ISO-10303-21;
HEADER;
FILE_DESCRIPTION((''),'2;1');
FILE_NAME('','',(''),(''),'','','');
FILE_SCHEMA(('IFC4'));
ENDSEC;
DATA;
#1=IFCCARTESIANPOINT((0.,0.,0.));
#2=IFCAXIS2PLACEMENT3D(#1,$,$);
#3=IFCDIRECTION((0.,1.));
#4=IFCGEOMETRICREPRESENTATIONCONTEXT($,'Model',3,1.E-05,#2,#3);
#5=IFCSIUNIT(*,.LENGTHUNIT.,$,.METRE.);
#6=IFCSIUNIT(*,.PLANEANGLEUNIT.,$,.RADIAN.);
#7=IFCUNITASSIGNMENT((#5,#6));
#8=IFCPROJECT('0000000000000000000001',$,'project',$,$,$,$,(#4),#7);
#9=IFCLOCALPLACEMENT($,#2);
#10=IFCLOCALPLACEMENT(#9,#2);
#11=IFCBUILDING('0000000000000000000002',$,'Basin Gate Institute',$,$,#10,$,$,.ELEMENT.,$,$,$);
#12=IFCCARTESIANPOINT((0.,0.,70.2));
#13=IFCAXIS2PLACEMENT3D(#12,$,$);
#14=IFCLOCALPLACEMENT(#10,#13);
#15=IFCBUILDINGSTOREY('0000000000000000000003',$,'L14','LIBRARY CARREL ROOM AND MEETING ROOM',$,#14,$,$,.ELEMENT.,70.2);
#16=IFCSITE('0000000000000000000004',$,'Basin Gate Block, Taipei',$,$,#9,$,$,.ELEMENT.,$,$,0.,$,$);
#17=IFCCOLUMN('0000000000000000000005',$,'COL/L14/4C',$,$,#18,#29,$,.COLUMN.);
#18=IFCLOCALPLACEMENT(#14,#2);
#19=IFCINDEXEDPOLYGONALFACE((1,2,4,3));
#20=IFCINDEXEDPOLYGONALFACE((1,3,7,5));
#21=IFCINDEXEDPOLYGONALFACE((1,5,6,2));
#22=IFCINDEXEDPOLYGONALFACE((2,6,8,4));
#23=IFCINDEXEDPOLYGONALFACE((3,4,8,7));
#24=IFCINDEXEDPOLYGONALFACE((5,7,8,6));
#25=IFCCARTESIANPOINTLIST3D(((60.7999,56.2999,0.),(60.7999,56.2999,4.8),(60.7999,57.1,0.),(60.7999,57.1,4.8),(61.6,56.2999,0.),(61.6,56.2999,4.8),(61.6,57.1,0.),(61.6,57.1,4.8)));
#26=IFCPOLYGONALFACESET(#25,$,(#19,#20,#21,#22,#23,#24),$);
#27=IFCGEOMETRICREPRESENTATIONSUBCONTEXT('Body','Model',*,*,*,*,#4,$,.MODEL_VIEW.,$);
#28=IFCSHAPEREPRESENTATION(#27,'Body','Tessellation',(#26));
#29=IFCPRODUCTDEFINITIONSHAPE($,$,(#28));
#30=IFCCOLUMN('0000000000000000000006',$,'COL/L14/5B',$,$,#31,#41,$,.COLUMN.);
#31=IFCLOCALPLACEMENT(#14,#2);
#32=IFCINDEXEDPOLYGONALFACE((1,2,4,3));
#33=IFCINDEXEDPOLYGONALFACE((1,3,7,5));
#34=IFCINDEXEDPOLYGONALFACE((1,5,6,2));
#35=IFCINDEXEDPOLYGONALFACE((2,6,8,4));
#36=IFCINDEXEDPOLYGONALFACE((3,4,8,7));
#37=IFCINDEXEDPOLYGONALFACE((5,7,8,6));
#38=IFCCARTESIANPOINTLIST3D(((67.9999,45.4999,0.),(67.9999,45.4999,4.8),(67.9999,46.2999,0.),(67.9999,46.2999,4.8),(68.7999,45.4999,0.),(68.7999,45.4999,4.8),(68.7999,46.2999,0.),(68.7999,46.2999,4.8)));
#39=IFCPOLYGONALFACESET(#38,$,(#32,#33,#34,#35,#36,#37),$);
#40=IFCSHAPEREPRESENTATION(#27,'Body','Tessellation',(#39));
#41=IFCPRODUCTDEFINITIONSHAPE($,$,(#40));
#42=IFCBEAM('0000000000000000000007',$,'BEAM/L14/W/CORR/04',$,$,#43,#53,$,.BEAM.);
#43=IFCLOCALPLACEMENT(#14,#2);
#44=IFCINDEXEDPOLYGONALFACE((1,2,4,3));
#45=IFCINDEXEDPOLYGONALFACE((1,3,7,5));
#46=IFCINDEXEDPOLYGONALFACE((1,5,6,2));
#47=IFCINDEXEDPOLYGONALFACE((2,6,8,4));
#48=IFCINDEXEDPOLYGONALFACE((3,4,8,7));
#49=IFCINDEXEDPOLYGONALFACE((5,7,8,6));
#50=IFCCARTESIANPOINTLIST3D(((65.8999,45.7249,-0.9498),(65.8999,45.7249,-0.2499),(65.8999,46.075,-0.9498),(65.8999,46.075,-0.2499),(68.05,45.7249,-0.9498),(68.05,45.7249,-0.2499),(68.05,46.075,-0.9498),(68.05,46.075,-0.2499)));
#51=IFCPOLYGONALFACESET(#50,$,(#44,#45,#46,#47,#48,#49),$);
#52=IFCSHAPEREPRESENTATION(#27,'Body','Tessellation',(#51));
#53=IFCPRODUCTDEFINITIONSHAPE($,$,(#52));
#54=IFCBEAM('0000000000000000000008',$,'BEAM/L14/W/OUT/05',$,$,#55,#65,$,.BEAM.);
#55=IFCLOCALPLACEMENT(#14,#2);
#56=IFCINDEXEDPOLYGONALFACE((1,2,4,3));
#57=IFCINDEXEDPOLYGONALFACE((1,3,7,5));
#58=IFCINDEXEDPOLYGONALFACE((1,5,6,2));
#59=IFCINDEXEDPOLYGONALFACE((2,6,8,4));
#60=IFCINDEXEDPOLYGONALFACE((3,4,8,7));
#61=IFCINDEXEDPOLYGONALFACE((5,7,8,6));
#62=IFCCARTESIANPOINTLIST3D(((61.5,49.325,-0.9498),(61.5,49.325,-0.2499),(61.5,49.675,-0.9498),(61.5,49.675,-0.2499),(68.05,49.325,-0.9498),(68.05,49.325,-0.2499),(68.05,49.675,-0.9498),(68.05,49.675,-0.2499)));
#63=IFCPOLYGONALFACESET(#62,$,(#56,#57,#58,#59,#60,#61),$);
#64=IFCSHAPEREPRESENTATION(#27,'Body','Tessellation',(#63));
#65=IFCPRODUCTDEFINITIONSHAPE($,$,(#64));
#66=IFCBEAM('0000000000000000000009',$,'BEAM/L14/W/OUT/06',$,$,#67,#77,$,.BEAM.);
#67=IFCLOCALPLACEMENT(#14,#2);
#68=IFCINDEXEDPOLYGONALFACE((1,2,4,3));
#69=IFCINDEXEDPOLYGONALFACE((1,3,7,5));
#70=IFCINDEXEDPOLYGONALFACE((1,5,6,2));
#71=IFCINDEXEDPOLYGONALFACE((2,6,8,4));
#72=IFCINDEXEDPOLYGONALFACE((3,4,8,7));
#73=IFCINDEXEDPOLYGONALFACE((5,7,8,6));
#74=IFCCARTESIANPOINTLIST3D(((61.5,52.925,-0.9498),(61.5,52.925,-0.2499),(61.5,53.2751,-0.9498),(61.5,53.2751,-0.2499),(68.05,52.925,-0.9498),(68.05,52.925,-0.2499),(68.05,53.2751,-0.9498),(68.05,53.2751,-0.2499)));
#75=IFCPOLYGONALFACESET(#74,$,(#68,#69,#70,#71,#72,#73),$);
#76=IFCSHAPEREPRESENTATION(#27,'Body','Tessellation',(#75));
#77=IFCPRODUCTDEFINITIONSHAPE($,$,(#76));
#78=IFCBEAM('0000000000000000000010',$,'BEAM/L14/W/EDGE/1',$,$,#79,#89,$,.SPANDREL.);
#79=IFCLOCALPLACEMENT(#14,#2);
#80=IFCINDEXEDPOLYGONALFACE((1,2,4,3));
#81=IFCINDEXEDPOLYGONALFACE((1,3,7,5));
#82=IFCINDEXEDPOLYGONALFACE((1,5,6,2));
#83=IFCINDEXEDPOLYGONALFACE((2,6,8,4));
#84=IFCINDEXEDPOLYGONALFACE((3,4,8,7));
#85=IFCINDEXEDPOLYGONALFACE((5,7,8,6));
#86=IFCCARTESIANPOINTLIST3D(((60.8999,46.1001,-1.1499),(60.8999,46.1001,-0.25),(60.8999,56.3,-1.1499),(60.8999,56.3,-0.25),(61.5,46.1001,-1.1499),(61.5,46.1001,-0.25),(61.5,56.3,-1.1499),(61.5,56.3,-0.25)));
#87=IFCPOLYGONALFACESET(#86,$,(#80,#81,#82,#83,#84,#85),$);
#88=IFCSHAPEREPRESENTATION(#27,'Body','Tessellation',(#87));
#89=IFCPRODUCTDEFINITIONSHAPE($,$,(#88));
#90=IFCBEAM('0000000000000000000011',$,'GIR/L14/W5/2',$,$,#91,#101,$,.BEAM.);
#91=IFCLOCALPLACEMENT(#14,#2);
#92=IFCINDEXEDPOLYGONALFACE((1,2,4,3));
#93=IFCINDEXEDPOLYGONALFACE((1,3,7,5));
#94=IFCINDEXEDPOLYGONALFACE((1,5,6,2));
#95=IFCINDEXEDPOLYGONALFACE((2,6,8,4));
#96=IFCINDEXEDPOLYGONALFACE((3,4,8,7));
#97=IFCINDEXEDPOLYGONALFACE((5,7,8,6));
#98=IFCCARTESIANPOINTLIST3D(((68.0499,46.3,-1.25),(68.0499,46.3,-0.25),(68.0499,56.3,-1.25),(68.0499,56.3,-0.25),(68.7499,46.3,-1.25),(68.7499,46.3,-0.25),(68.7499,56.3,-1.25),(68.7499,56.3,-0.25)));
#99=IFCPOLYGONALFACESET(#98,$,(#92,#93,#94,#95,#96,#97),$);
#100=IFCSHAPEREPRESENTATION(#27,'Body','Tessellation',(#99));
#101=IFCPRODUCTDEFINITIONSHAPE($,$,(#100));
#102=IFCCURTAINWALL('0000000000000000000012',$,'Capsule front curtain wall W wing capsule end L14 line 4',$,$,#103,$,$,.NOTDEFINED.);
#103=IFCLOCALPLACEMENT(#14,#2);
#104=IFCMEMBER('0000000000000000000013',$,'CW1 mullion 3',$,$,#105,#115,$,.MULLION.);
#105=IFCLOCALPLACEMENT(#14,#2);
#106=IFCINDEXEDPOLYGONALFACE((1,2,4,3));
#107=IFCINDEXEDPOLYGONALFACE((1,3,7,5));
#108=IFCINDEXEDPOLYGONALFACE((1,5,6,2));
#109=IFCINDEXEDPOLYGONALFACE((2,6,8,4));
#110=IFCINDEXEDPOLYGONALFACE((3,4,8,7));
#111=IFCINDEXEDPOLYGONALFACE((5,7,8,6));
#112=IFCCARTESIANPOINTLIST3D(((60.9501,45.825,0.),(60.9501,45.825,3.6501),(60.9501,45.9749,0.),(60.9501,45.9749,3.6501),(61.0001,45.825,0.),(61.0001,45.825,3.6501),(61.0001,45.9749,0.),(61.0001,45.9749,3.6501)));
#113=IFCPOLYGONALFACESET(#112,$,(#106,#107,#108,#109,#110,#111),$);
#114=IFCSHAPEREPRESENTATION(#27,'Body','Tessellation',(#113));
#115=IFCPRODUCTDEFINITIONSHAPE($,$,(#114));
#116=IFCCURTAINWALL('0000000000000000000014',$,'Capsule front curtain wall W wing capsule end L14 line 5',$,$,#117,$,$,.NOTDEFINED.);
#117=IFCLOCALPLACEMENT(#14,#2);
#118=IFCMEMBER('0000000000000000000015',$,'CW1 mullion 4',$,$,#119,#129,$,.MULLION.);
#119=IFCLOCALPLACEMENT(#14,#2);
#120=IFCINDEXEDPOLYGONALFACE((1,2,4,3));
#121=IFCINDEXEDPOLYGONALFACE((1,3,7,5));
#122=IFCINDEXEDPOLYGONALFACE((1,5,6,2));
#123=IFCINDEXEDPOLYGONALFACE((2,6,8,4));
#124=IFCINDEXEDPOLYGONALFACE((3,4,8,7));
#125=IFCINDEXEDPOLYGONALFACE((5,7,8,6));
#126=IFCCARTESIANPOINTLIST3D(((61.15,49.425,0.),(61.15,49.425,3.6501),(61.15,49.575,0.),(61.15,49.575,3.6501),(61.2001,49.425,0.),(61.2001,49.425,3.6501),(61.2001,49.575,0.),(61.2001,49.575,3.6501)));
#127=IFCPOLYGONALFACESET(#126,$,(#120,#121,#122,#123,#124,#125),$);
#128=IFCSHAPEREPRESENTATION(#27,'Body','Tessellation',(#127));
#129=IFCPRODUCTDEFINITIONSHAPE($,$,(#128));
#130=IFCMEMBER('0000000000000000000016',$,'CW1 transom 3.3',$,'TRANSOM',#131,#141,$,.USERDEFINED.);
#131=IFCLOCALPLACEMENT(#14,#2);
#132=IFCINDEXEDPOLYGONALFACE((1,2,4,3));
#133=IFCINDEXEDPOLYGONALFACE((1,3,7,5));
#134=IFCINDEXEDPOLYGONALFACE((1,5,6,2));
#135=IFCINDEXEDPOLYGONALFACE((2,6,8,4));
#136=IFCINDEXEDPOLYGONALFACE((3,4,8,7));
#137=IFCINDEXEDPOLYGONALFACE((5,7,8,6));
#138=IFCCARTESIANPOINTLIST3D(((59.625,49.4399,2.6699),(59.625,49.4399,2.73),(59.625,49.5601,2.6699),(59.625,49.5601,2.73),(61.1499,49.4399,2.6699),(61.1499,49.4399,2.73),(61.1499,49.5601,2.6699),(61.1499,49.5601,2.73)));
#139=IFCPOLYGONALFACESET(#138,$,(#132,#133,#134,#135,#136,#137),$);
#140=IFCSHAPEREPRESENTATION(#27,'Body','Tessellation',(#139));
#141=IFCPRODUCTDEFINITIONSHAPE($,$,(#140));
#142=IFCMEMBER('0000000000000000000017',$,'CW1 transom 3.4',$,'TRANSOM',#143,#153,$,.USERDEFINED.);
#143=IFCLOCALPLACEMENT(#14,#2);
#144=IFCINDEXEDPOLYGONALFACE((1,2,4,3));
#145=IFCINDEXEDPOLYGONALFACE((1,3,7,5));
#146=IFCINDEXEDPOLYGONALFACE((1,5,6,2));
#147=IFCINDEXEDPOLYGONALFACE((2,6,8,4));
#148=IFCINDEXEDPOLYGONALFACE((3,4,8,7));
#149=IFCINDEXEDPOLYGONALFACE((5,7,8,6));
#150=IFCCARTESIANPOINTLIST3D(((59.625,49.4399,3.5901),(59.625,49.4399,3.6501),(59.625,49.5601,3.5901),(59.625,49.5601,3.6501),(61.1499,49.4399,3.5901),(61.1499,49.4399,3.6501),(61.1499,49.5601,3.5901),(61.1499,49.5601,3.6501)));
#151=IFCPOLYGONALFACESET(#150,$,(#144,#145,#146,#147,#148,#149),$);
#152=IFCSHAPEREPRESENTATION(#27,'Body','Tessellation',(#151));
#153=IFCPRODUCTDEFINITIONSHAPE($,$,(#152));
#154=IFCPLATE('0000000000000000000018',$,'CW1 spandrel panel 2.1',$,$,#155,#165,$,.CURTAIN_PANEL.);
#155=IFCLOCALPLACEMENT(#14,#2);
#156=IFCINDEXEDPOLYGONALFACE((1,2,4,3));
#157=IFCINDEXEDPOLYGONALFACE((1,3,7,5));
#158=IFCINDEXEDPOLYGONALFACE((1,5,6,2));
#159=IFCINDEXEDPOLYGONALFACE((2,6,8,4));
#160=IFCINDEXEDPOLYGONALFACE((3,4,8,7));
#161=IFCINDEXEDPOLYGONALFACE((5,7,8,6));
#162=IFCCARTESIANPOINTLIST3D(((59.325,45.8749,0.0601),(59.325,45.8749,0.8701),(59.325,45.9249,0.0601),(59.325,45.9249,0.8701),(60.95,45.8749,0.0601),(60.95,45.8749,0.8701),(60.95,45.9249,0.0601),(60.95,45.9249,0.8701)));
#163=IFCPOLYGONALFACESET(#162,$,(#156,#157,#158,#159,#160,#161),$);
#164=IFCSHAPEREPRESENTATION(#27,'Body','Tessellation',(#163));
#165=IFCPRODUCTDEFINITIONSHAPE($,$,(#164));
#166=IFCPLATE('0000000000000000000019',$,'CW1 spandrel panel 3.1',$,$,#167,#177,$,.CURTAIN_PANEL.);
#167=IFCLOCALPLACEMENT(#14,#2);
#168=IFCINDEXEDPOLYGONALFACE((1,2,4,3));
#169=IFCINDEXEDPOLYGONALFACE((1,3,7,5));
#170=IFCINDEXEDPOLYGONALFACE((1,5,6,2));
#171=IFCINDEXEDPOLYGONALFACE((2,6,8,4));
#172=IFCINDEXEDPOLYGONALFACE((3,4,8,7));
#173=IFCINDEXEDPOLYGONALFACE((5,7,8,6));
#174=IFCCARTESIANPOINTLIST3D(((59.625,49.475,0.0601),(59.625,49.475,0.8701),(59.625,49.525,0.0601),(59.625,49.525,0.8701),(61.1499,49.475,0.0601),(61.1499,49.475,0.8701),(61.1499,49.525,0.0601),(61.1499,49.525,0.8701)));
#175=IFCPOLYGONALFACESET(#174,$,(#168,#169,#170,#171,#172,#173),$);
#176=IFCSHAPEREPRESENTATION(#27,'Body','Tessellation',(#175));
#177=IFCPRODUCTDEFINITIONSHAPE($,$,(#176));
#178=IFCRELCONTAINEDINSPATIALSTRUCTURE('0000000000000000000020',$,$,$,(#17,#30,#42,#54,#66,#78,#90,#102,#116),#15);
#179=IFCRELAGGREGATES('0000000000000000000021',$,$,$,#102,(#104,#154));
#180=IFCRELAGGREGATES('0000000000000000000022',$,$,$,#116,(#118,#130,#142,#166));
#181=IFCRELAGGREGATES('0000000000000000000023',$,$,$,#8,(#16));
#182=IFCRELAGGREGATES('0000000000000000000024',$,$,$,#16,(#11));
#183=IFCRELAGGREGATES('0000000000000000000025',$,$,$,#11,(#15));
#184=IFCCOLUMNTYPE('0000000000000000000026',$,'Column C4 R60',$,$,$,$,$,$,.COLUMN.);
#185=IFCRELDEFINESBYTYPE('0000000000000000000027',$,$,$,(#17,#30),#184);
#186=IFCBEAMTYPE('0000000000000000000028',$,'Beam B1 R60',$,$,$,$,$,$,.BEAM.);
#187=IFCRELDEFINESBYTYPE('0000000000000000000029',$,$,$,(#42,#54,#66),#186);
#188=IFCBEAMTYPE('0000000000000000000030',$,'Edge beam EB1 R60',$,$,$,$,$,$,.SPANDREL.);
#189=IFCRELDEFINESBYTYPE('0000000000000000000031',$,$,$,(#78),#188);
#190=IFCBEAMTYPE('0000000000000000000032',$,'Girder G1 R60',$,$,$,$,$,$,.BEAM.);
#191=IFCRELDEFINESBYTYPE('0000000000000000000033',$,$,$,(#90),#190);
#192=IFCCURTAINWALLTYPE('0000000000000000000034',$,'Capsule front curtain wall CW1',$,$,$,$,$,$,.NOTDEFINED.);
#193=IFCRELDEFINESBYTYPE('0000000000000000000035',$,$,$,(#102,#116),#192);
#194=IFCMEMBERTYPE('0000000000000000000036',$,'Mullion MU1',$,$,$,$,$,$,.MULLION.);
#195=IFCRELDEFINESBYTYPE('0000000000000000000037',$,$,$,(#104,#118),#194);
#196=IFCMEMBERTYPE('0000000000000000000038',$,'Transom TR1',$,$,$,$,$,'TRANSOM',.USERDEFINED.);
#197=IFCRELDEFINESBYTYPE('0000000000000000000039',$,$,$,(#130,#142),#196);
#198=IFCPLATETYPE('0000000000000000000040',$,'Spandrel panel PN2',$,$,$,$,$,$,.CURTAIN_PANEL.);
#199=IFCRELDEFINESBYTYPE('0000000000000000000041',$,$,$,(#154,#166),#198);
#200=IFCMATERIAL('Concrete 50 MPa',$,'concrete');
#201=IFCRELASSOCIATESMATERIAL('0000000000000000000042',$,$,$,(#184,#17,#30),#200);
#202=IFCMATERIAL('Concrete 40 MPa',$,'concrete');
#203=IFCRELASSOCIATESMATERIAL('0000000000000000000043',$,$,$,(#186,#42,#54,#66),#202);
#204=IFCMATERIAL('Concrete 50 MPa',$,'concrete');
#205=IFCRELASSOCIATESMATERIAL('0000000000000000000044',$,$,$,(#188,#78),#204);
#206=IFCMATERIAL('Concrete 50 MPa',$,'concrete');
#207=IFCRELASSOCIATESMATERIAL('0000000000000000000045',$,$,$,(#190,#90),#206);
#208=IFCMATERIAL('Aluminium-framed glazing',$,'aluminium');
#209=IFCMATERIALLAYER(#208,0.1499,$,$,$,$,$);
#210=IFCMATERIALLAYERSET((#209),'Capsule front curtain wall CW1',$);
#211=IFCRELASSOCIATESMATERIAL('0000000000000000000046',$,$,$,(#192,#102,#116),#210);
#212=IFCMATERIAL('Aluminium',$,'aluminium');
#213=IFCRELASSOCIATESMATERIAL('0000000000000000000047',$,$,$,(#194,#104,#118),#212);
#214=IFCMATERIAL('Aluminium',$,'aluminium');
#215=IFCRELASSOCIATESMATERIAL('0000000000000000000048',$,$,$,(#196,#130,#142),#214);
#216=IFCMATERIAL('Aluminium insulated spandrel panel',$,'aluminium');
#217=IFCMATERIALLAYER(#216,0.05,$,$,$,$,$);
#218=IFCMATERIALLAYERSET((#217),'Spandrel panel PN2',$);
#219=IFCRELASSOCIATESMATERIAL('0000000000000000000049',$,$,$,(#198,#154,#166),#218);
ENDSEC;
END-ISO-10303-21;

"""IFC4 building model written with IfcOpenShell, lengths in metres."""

from ifc_helpers import new_model, si_unit, direction, frame, origin, origin_2d, place, context, subcontext, project, spatial, rectangle, extrude, material, layer, layer_set, material_profile, profile_set, type_object, element, aggregate, save


model = new_model("IFC4")

# Units and contexts
model_context = context("Model", 3, precision=1e-05, world=origin(), true_north=direction((0.0, 1.0)))
body_context = subcontext(model_context, "Body", "Model", "MODEL_VIEW")
ifc_project = project(units=[si_unit("LENGTHUNIT", "METRE"), si_unit("PLANEANGLEUNIT", "RADIAN")], contexts=[model_context])

# Site, building, storey
site_placement = place(None, origin())
site = spatial("IfcSite", under=ifc_project, at=site_placement, Name="Basin Gate Block, Taipei", CompositionType="ELEMENT", RefElevation=0.0)
building_placement = place(site_placement, origin())
building = spatial("IfcBuilding", under=site, at=building_placement, Name="Basin Gate Institute", CompositionType="ELEMENT")
storey_placement = place(building_placement, frame((0.0, 0.0, 70.2)))
storey = spatial("IfcBuildingStorey", under=building, at=storey_placement, Name="L14", Description="LIBRARY CARREL ROOM AND MEETING ROOM", CompositionType="ELEMENT", Elevation=70.2)

# Columns
ifc_material_1 = material(Name="Concrete 50 MPa", Category="concrete")
ifc_material_profile_1 = material_profile(ifc_material_1, rectangle(XDim=0.8, YDim=0.8, at=origin_2d()), Name="Column C4 800 x 800")
ifc_profile_set_1 = profile_set([ifc_material_profile_1], Name="Concrete 50 MPa")
column_type = type_object("IfcColumnType", Name="Column C4 R60", PredefinedType="COLUMN", material=ifc_profile_set_1)
for number, where, z_axis, x_axis, name in (
    (1, (61.2, 56.7, 0.0), (0.0, 0.0, 1.0), (1.0, 0.0, 0.0), "COL/L14/4C"),
    (2, (68.3999, 45.8999, 0.0), (0.0, 0.0, 1.0), (1.0, 0.0, 0.0), "COL/L14/5B"),
):
    element("IfcColumn", number, at=place(storey_placement, frame(where, z_axis=z_axis, x_axis=x_axis)), inside=storey, type_object=column_type, material=ifc_profile_set_1, Name=name, PredefinedType="COLUMN", context=body_context, shape_type="SweptSolid", body=[
        extrude(rectangle(XDim=0.8, YDim=0.8, at=origin_2d()), origin(), (0.0, 0.0, 1.0), 4.8),
    ])

# Beams
ifc_material_2 = material(Name="Concrete 40 MPa", Category="concrete")
ifc_material_profile_2 = material_profile(ifc_material_2, rectangle(XDim=0.3501, YDim=0.7, at=origin_2d()), Name="Beam B1 350 x 700")
ifc_profile_set_2 = profile_set([ifc_material_profile_2], Name="Concrete 40 MPa")
beam_type_1 = type_object("IfcBeamType", Name="Beam B1 R60", PredefinedType="BEAM", material=ifc_profile_set_2)
beam_1_placement = place(storey_placement, frame((65.8999, 45.8999, -0.5999), z_axis=(1.0, 0.0, 0.0), x_axis=(0.0, 1.0, 0.0)))
element("IfcBeam", 3, at=beam_1_placement, inside=storey, type_object=beam_type_1, material=ifc_profile_set_2, Name="BEAM/L14/W/CORR/04", PredefinedType="BEAM", context=body_context, shape_type="SweptSolid", body=[
    extrude(rectangle(XDim=0.3501, YDim=0.7, at=origin_2d()), origin(), (0.0, 0.0, 1.0), 2.1501),
])
for number, where, z_axis, x_axis, name in (
    (4, (61.5, 49.5, -0.5999), (1.0, 0.0, 0.0), (0.0, 1.0, 0.0), "BEAM/L14/W/OUT/05"),
    (5, (61.5, 53.1001, -0.5999), (1.0, 0.0, 0.0), (0.0, 1.0, 0.0), "BEAM/L14/W/OUT/06"),
):
    element("IfcBeam", number, at=place(storey_placement, frame(where, z_axis=z_axis, x_axis=x_axis)), inside=storey, type_object=beam_type_1, material=ifc_profile_set_2, Name=name, PredefinedType="BEAM", context=body_context, shape_type="SweptSolid", body=[
        extrude(rectangle(XDim=0.3501, YDim=0.7, at=origin_2d()), origin(), (0.0, 0.0, 1.0), 6.55),
    ])
ifc_material_3 = material(Name="Concrete 50 MPa", Category="concrete")
ifc_material_profile_3 = material_profile(ifc_material_3, rectangle(XDim=0.6001, YDim=0.8999, at=origin_2d()), Name="Edge beam EB1 600 x 900")
ifc_profile_set_3 = profile_set([ifc_material_profile_3], Name="Concrete 50 MPa")
beam_type_2 = type_object("IfcBeamType", Name="Edge beam EB1 R60", PredefinedType="SPANDREL", material=ifc_profile_set_3)
beam_2_placement = place(storey_placement, frame((61.2, 46.1001, -0.7), z_axis=(0.0, 1.0, 0.0), x_axis=(-1.0, 0.0, 0.0)))
element("IfcBeam", 6, at=beam_2_placement, inside=storey, type_object=beam_type_2, material=ifc_profile_set_3, Name="BEAM/L14/W/EDGE/1", PredefinedType="SPANDREL", context=body_context, shape_type="SweptSolid", body=[
    extrude(rectangle(XDim=0.6001, YDim=0.8999, at=origin_2d()), origin(), (0.0, 0.0, 1.0), 10.2),
])
ifc_material_4 = material(Name="Concrete 50 MPa", Category="concrete")
ifc_material_profile_4 = material_profile(ifc_material_4, rectangle(XDim=0.7, YDim=1.0, at=origin_2d()), Name="Girder G1 700 x 1000")
ifc_profile_set_4 = profile_set([ifc_material_profile_4], Name="Concrete 50 MPa")
beam_type_3 = type_object("IfcBeamType", Name="Girder G1 R60", PredefinedType="BEAM", material=ifc_profile_set_4)
beam_3_placement = place(storey_placement, frame((68.3999, 46.3, -0.75), z_axis=(0.0, 1.0, 0.0), x_axis=(-1.0, 0.0, 0.0)))
element("IfcBeam", 7, at=beam_3_placement, inside=storey, type_object=beam_type_3, material=ifc_profile_set_4, Name="GIR/L14/W5/2", PredefinedType="BEAM", context=body_context, shape_type="SweptSolid", body=[
    extrude(rectangle(XDim=0.7, YDim=1.0, at=origin_2d()), origin(), (0.0, 0.0, 1.0), 10.0),
])

# Curtain wall, member
ifc_material_5 = material(Name="Aluminium-framed glazing", Category="aluminium")
ifc_layer_1 = layer(ifc_material_5, 0.1499)
ifc_layer_set_1 = layer_set([ifc_layer_1], Name="Capsule front curtain wall CW1")
curtain_wall_type = type_object("IfcCurtainWallType", Name="Capsule front curtain wall CW1", PredefinedType="NOTDEFINED", material=ifc_layer_set_1)
curtain_wall_1_placement = place(storey_placement, origin())
curtain_wall_1 = element("IfcCurtainWall", 8, at=curtain_wall_1_placement, inside=storey, type_object=curtain_wall_type, material=ifc_layer_set_1, Name="Capsule front curtain wall W wing capsule end L14 line 4", PredefinedType="NOTDEFINED")
ifc_material_6 = material(Name="Aluminium", Category="aluminium")
ifc_material_profile_5 = material_profile(ifc_material_6, rectangle(XDim=0.1499, YDim=0.05, at=origin_2d()), Name="Mullion MU1 150 x 50")
ifc_profile_set_5 = profile_set([ifc_material_profile_5], Name="Aluminium")
member_type_1 = type_object("IfcMemberType", Name="Mullion MU1", PredefinedType="MULLION", material=ifc_profile_set_5)
member_1_placement = place(storey_placement, frame((60.9751, 45.8999, 0.0), z_axis=(0.0, 0.0, 1.0), x_axis=(0.0, 1.0, 0.0)))
member_1 = element("IfcMember", 9, at=member_1_placement, type_object=member_type_1, material=ifc_profile_set_5, Name="CW1 mullion 3", PredefinedType="MULLION", context=body_context, shape_type="SweptSolid", body=[
    extrude(rectangle(XDim=0.1499, YDim=0.05, at=origin_2d()), origin(), (0.0, 0.0, 1.0), 3.6501),
])

# Curtain wall, members
curtain_wall_2_placement = place(storey_placement, origin())
curtain_wall_2 = element("IfcCurtainWall", 10, at=curtain_wall_2_placement, inside=storey, type_object=curtain_wall_type, material=ifc_layer_set_1, Name="Capsule front curtain wall W wing capsule end L14 line 5", PredefinedType="NOTDEFINED")
member_2_placement = place(storey_placement, frame((61.175, 49.5, 0.0), z_axis=(0.0, 0.0, 1.0), x_axis=(0.0, 1.0, 0.0)))
member_2 = element("IfcMember", 11, at=member_2_placement, type_object=member_type_1, material=ifc_profile_set_5, Name="CW1 mullion 4", PredefinedType="MULLION", context=body_context, shape_type="SweptSolid", body=[
    extrude(rectangle(XDim=0.1499, YDim=0.05, at=origin_2d()), origin(), (0.0, 0.0, 1.0), 3.6501),
])
ifc_material_7 = material(Name="Aluminium", Category="aluminium")
ifc_material_profile_6 = material_profile(ifc_material_7, rectangle(XDim=0.1201, YDim=0.0601, at=origin_2d()), Name="Transom TR1 120 x 60")
ifc_profile_set_6 = profile_set([ifc_material_profile_6], Name="Aluminium")
member_type_2 = type_object("IfcMemberType", Name="Transom TR1", ElementType="TRANSOM", PredefinedType="USERDEFINED", material=ifc_profile_set_6)
member_3_placement = place(storey_placement, frame((59.625, 49.5, 2.7), z_axis=(1.0, 0.0, 0.0), x_axis=(0.0, 1.0, 0.0)))
member_3 = element("IfcMember", 12, at=member_3_placement, type_object=member_type_2, material=ifc_profile_set_6, Name="CW1 transom 3.3", ObjectType="TRANSOM", PredefinedType="USERDEFINED", context=body_context, shape_type="SweptSolid", body=[
    extrude(rectangle(XDim=0.1201, YDim=0.0601, at=origin_2d()), origin(), (0.0, 0.0, 1.0), 1.5249),
])
member_4_placement = place(storey_placement, frame((59.625, 49.5, 3.6201), z_axis=(1.0, 0.0, 0.0), x_axis=(0.0, 1.0, 0.0)))
member_4 = element("IfcMember", 13, at=member_4_placement, type_object=member_type_2, material=ifc_profile_set_6, Name="CW1 transom 3.4", ObjectType="TRANSOM", PredefinedType="USERDEFINED", context=body_context, shape_type="SweptSolid", body=[
    extrude(rectangle(XDim=0.1201, YDim=0.0601, at=origin_2d()), origin(), (0.0, 0.0, 1.0), 1.5249),
])

# Plates
ifc_material_8 = material(Name="Aluminium insulated spandrel panel", Category="aluminium")
ifc_layer_2 = layer(ifc_material_8, 0.05)
ifc_layer_set_2 = layer_set([ifc_layer_2], Name="Spandrel panel PN2")
plate_type_1 = type_object("IfcPlateType", Name="Spandrel panel PN2", PredefinedType="CURTAIN_PANEL", material=ifc_layer_set_2)
plate_1_placement = place(storey_placement, frame((60.1375, 45.8999, 0.0601), z_axis=(0.0, 0.0, 1.0), x_axis=(1.0, 0.0, 0.0)))
plate_1 = element("IfcPlate", 14, at=plate_1_placement, type_object=plate_type_1, material=ifc_layer_set_2, Name="CW1 spandrel panel 2.1", PredefinedType="CURTAIN_PANEL", context=body_context, shape_type="SweptSolid", body=[
    extrude(rectangle(XDim=1.625, YDim=0.05, at=origin_2d()), origin(), (0.0, 0.0, 1.0), 0.8101),
])
plate_2_placement = place(storey_placement, frame((60.3875, 49.5, 0.0601), z_axis=(0.0, 0.0, 1.0), x_axis=(1.0, 0.0, 0.0)))
plate_2 = element("IfcPlate", 15, at=plate_2_placement, type_object=plate_type_1, material=ifc_layer_set_2, Name="CW1 spandrel panel 3.1", PredefinedType="CURTAIN_PANEL", context=body_context, shape_type="SweptSolid", body=[
    extrude(rectangle(XDim=1.5249, YDim=0.05, at=origin_2d()), origin(), (0.0, 0.0, 1.0), 0.8101),
])
aggregate(curtain_wall_1, [member_1, plate_1])
aggregate(curtain_wall_2, [member_2, member_3, member_4, plate_2])

save(model, "model.ifc")
